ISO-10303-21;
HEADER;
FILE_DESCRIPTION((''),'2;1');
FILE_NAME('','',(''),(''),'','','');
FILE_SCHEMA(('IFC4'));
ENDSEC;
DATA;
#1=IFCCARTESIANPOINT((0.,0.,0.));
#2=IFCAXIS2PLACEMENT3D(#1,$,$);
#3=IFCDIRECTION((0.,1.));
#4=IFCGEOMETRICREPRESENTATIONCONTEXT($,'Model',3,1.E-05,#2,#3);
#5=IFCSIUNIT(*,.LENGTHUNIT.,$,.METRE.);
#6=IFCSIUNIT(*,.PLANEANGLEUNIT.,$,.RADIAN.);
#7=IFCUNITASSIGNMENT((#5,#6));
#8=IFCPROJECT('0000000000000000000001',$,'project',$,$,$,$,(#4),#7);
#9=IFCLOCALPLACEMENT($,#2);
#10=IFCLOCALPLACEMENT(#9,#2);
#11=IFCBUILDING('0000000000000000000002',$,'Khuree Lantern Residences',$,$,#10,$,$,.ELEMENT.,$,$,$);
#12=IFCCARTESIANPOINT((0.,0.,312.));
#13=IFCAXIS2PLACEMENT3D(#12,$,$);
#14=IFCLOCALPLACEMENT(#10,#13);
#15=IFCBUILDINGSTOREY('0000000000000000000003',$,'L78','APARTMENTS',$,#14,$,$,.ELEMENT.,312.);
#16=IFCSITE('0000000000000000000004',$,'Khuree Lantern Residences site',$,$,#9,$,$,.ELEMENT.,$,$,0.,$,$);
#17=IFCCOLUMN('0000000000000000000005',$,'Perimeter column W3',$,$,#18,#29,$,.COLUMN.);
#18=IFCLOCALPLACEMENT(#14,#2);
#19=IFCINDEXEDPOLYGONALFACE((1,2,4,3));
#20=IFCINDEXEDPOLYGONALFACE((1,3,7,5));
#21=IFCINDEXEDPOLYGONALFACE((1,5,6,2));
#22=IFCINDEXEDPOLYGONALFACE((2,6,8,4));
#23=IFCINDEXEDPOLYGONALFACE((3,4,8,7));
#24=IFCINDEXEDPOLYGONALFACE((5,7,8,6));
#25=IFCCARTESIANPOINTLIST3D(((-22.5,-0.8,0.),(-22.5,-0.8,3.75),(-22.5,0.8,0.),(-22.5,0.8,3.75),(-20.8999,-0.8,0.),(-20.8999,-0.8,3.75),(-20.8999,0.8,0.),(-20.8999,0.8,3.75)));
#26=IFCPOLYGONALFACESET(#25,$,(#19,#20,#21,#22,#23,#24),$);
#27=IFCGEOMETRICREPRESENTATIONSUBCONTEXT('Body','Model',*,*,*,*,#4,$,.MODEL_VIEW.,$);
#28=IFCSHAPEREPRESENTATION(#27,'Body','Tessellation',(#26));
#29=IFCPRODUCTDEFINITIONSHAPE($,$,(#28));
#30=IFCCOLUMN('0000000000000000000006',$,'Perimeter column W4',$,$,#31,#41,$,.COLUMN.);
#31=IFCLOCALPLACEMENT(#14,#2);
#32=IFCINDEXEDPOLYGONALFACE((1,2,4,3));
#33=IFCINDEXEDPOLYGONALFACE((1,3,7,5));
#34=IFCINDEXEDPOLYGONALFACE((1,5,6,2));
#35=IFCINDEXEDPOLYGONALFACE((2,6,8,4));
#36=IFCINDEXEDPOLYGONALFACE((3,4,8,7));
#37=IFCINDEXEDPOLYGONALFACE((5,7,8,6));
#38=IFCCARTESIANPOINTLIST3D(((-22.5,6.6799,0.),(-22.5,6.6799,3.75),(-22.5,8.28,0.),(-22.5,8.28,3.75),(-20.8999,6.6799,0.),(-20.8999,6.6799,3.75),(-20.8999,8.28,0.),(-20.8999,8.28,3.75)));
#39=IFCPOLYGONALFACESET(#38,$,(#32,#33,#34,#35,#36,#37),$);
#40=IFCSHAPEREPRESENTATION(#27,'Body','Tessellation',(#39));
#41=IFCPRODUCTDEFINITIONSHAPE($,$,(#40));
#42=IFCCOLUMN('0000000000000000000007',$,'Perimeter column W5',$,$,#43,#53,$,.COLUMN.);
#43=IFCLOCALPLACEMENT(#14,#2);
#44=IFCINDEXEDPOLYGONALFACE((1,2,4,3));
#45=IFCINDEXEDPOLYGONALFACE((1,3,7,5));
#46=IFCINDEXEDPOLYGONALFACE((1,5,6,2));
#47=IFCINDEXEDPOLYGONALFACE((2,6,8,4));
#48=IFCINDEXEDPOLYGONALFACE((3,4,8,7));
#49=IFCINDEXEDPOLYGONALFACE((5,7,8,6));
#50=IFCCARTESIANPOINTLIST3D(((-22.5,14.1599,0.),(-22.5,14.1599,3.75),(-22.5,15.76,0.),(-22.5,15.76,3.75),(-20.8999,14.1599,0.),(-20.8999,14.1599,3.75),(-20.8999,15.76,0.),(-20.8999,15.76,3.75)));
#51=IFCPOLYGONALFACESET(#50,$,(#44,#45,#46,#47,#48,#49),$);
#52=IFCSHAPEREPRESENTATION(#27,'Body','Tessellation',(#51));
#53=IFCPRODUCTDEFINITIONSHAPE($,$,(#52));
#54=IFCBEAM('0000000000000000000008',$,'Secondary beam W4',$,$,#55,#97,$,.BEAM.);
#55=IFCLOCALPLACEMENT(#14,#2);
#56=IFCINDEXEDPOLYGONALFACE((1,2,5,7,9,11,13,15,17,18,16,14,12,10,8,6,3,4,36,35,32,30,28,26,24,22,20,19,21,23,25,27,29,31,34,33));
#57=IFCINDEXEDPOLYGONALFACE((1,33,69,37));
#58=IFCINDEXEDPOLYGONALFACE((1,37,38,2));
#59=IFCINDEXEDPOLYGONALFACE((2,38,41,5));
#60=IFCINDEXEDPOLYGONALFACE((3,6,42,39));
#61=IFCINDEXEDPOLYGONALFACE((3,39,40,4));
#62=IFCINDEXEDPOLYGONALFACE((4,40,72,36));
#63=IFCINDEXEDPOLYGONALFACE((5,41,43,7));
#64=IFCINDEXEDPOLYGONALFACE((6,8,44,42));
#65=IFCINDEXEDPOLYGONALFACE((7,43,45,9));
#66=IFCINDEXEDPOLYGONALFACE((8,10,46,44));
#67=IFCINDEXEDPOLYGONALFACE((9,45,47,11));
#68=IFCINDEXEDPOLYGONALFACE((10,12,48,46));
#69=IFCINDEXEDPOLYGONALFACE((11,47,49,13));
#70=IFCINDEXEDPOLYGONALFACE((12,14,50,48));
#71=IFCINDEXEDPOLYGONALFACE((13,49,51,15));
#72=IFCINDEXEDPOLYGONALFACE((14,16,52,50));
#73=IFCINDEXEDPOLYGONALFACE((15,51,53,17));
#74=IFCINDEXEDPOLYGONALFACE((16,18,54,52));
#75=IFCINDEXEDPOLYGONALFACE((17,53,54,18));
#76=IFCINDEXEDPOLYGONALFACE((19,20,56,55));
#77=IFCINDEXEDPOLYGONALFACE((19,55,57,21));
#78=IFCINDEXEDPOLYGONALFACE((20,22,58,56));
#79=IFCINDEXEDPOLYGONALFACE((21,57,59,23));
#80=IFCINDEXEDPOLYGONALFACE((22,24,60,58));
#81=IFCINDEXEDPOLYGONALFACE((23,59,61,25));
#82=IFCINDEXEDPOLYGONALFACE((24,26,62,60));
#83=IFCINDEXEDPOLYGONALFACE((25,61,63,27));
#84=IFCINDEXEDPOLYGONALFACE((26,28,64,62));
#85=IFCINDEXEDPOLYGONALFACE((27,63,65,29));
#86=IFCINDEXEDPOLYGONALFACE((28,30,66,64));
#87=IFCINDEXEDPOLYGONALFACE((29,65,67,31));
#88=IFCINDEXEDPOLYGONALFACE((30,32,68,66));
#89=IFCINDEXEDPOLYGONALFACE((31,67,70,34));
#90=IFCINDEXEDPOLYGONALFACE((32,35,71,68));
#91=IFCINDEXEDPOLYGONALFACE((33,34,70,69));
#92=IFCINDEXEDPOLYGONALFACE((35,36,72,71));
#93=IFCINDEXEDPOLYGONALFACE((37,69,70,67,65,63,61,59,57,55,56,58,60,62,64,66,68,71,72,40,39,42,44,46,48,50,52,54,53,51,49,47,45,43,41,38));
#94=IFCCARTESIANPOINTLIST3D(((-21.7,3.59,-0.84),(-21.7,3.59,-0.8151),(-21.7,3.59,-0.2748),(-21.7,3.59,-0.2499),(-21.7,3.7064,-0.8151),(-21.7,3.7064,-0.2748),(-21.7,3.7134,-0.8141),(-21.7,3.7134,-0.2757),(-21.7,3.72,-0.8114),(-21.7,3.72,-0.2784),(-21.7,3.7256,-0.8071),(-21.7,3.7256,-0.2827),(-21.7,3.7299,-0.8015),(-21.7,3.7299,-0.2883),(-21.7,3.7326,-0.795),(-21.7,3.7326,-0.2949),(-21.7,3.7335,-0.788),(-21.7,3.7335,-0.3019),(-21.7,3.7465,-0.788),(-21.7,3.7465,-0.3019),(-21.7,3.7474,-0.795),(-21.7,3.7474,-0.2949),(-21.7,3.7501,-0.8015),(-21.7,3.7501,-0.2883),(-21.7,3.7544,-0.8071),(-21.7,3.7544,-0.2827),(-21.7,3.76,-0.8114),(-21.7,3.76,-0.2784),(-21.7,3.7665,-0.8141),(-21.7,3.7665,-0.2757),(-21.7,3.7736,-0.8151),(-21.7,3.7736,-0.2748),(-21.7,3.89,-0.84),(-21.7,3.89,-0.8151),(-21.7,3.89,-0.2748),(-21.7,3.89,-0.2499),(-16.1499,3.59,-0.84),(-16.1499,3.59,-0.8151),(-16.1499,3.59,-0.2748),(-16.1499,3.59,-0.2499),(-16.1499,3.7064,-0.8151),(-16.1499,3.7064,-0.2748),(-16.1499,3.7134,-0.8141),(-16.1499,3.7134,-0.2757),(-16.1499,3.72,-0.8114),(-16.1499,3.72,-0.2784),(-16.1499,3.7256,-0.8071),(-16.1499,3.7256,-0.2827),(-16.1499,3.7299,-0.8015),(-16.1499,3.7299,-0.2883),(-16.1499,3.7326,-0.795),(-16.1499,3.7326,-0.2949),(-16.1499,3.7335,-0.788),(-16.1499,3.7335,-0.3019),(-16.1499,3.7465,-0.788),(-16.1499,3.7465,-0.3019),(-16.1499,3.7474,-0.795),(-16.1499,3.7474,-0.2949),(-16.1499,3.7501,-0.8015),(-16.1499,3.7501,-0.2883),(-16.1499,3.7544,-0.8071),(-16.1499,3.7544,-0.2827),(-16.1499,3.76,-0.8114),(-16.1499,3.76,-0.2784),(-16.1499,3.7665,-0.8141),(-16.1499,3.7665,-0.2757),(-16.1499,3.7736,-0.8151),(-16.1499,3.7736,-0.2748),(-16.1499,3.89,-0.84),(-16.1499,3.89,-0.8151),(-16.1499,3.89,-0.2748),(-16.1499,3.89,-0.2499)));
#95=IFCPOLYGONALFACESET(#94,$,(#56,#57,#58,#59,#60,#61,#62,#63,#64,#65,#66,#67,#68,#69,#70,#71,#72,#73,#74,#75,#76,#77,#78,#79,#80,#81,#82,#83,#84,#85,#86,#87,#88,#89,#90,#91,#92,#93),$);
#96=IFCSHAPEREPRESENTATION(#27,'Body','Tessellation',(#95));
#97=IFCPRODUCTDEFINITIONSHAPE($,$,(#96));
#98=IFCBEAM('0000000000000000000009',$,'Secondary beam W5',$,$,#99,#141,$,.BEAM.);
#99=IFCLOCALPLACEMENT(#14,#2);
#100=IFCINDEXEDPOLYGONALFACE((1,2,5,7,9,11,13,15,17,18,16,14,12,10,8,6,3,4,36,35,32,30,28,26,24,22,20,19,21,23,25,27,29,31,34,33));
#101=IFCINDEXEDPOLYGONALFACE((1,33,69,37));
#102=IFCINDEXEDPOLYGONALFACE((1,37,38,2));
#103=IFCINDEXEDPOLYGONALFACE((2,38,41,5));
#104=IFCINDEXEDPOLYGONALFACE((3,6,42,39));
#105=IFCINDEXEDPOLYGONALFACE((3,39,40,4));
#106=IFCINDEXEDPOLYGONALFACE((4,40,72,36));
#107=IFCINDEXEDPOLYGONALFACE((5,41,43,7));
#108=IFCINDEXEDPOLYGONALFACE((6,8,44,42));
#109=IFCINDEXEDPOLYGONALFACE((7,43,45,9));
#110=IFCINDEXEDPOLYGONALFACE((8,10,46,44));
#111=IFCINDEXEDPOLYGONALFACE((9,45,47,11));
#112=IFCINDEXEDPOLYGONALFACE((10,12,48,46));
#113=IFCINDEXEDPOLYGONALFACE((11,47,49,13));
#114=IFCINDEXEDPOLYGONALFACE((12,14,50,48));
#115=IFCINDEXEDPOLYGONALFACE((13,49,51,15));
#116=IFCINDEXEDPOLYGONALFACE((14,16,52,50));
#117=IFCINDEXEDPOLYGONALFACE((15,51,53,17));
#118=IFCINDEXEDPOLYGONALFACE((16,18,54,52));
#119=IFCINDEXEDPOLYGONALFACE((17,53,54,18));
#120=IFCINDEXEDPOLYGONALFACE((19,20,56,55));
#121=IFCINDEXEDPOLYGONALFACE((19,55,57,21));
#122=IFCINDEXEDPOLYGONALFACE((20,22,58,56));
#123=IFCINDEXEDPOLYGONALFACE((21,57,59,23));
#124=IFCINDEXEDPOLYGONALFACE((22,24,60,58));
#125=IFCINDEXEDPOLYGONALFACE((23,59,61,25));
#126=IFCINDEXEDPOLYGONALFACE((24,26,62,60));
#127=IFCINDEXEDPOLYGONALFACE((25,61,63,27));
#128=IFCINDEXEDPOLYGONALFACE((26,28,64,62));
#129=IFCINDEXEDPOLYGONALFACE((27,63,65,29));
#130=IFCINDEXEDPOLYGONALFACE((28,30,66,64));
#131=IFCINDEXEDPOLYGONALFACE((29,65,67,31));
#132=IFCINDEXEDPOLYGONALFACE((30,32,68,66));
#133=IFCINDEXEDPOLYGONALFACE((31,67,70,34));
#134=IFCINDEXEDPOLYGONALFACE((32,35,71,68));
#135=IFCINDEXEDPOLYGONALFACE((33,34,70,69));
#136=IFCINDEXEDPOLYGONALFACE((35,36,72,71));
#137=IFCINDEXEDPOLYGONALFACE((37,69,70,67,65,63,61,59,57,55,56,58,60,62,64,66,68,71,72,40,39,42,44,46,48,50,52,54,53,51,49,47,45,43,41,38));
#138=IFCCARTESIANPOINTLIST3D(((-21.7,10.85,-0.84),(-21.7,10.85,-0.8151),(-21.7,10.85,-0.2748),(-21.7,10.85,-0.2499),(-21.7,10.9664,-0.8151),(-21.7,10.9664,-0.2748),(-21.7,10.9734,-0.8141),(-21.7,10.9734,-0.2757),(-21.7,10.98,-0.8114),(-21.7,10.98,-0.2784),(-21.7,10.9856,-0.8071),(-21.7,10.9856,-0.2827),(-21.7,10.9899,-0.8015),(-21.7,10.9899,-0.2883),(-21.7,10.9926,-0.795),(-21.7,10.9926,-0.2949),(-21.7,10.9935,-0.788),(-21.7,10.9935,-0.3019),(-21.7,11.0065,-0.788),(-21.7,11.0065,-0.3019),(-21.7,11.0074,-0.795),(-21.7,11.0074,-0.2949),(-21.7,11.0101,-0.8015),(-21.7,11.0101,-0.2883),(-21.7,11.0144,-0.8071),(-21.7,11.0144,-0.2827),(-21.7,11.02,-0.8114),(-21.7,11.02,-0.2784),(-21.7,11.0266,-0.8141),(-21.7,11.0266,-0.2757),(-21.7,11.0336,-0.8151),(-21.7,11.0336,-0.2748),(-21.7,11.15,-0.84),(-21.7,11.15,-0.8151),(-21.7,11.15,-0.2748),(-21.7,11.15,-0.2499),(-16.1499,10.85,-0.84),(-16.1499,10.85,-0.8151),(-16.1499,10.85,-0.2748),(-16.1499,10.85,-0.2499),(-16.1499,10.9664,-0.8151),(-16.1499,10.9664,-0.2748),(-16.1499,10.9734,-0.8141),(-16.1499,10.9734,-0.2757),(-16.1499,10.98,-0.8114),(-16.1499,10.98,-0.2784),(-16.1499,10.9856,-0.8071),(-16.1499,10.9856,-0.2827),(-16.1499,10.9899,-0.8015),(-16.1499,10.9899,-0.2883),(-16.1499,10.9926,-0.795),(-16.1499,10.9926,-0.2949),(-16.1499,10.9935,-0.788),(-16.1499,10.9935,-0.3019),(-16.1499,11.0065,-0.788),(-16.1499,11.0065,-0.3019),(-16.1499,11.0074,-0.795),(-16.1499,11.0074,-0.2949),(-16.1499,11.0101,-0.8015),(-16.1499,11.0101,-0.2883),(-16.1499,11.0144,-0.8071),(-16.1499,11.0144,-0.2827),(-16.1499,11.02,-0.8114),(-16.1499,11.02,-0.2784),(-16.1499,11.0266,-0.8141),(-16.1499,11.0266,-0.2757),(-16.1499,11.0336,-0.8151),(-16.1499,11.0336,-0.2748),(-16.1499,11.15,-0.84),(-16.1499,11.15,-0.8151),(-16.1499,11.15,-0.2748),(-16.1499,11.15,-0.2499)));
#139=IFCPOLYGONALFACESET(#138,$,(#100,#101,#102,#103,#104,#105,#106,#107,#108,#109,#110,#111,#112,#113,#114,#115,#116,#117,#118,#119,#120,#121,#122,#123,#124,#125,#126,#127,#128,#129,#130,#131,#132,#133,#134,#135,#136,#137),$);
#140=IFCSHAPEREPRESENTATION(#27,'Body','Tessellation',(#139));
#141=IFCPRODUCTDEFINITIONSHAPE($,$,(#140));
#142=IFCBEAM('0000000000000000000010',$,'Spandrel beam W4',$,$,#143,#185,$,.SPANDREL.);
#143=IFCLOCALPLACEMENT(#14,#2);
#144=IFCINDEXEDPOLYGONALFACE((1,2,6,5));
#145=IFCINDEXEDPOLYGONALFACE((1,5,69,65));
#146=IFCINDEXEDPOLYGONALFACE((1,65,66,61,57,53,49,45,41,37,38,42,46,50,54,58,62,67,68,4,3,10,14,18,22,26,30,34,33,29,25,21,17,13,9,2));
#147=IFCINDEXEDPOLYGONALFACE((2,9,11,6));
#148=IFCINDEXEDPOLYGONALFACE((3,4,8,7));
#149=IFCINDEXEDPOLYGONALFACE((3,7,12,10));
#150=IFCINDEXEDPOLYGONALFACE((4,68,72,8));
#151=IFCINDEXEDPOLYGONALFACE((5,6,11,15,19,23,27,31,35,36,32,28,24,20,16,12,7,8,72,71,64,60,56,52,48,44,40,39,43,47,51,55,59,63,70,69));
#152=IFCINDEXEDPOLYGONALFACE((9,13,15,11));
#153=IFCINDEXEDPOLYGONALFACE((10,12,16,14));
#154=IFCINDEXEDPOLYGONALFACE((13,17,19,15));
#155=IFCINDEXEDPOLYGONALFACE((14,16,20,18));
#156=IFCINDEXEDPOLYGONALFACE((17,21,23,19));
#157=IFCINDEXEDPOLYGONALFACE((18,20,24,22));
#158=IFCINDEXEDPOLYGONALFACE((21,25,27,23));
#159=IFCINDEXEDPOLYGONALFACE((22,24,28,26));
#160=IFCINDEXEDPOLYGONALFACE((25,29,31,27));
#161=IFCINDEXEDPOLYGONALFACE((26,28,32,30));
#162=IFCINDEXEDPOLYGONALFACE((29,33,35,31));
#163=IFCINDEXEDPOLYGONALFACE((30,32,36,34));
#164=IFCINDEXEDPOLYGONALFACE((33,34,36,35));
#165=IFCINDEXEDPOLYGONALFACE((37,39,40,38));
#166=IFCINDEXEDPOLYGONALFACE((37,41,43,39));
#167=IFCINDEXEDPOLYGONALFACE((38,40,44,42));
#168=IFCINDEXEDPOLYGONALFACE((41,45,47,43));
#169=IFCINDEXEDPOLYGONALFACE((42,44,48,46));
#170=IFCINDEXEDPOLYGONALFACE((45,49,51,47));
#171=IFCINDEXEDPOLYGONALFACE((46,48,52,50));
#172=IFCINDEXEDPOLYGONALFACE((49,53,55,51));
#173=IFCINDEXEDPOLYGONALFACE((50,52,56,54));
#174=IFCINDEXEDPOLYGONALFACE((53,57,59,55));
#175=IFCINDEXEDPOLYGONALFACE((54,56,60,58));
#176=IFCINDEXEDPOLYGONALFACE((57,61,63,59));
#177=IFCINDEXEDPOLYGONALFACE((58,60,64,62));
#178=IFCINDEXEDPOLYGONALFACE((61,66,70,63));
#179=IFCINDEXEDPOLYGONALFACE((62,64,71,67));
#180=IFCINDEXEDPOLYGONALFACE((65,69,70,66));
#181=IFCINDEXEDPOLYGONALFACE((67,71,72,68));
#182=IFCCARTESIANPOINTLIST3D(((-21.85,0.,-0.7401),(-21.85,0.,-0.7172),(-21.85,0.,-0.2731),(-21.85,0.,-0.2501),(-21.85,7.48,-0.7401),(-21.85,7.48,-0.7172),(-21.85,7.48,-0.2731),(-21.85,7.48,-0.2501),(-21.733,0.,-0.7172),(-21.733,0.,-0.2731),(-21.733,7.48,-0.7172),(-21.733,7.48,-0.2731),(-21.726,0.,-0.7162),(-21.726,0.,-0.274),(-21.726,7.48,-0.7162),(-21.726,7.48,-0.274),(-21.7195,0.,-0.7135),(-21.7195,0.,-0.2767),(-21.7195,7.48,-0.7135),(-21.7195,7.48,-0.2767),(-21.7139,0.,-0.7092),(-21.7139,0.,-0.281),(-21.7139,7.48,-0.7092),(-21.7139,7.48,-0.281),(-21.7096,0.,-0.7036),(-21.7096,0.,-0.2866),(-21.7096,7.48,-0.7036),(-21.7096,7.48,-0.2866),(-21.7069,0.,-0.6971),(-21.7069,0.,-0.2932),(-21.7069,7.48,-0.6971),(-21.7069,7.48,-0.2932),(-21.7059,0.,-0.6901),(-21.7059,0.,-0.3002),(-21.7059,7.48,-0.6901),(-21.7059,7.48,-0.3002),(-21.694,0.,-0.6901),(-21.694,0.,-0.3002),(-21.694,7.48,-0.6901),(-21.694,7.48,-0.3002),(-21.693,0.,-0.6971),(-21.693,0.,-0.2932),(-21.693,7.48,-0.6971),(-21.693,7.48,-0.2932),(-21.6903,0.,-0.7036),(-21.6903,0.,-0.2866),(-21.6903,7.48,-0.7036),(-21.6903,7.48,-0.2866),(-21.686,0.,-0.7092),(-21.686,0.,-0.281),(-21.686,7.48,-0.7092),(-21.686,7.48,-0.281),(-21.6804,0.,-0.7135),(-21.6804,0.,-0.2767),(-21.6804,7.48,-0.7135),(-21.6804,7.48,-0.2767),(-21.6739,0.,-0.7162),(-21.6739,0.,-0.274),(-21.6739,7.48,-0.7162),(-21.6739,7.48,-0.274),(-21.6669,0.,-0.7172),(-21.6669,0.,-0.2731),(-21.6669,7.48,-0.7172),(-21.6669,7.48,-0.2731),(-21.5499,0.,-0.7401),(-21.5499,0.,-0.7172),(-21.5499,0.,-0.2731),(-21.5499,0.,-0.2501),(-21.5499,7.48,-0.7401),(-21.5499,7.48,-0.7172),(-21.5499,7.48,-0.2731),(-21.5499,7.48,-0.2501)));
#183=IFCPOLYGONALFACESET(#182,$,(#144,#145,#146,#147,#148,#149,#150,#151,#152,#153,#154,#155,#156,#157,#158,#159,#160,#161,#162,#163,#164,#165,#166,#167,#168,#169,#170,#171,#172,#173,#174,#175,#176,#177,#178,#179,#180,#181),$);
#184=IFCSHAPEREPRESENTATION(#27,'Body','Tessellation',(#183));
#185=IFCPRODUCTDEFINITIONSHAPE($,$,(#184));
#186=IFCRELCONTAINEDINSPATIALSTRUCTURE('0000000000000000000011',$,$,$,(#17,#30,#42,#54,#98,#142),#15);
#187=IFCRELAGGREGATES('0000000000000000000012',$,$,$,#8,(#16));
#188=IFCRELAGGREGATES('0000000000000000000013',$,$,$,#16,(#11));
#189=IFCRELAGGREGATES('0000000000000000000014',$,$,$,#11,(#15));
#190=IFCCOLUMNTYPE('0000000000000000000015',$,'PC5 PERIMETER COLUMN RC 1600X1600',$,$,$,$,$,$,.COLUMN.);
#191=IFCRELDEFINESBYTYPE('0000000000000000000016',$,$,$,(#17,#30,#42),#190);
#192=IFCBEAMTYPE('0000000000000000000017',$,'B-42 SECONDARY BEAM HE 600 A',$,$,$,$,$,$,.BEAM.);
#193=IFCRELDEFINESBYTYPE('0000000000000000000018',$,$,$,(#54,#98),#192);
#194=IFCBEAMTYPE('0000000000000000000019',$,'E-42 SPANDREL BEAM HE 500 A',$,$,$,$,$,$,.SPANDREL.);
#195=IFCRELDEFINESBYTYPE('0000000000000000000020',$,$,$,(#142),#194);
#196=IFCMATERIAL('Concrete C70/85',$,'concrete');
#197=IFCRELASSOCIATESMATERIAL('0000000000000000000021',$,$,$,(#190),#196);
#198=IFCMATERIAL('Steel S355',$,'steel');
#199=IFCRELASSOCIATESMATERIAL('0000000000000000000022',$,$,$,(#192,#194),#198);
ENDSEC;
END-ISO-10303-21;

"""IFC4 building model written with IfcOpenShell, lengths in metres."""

from ifc_helpers import new_model, si_unit, direction, frame, origin, origin_2d, place, context, subcontext, project, spatial, rectangle, i_section, extrude, material, material_profile, profile_set, type_object, element, save


model = new_model("IFC4")

# Units and contexts
model_context = context("Model", 3, precision=1e-05, world=origin(), true_north=direction((0.0, 1.0)))
body_context = subcontext(model_context, "Body", "Model", "MODEL_VIEW")
ifc_project = project(units=[si_unit("LENGTHUNIT", "METRE"), si_unit("PLANEANGLEUNIT", "RADIAN")], contexts=[model_context])

# Site, building, storey
site_placement = place(None, origin())
site = spatial("IfcSite", under=ifc_project, at=site_placement, Name="Khuree Lantern Residences site", CompositionType="ELEMENT", RefElevation=0.0)
building_placement = place(site_placement, origin())
building = spatial("IfcBuilding", under=site, at=building_placement, Name="Khuree Lantern Residences", CompositionType="ELEMENT")
storey_placement = place(building_placement, frame((0.0, 0.0, 312.0)))
storey = spatial("IfcBuildingStorey", under=building, at=storey_placement, Name="L78", Description="APARTMENTS", CompositionType="ELEMENT", Elevation=312.0)

# Columns
ifc_material_1 = material(Name="Concrete C70/85", Category="concrete")
ifc_material_profile_1 = material_profile(ifc_material_1, rectangle(XDim=1.6001, YDim=1.6001, at=origin_2d()), Name="RC 1600X1600")
ifc_profile_set_1 = profile_set([ifc_material_profile_1], Name="Concrete C70/85")
column_type = type_object("IfcColumnType", Name="PC5 PERIMETER COLUMN RC 1600X1600", PredefinedType="COLUMN", material=ifc_profile_set_1)
for number, where, z_axis, x_axis, name in (
    (1, (-21.7, 0.0, 0.0), (0.0, 0.0, 1.0), (0.0, 1.0, 0.0), "Perimeter column W3"),
    (2, (-21.7, 7.48, 0.0), (0.0, 0.0, 1.0), (0.0, 1.0, 0.0), "Perimeter column W4"),
    (3, (-21.7, 14.96, 0.0), (0.0, 0.0, 1.0), (0.0, 1.0, 0.0), "Perimeter column W5"),
):
    element("IfcColumn", number, at=place(storey_placement, frame(where, z_axis=z_axis, x_axis=x_axis)), inside=storey, type_object=column_type, Name=name, PredefinedType="COLUMN", context=body_context, shape_type="SweptSolid", body=[
        extrude(rectangle(XDim=1.6001, YDim=1.6001, at=origin_2d()), origin(), (0.0, 0.0, 1.0), 3.75),
    ])

# Beams
ifc_material_2 = material(Name="Steel S355", Category="steel")
ifc_material_profile_2 = material_profile(ifc_material_2, i_section(OverallWidth=0.3, OverallDepth=0.5901, WebThickness=0.0129, FlangeThickness=0.0249, FilletRadius=0.0271, at=origin_2d()), Name="HE 600 A")
ifc_profile_set_2 = profile_set([ifc_material_profile_2], Name="Steel S355")
beam_type_1 = type_object("IfcBeamType", Name="B-42 SECONDARY BEAM HE 600 A", PredefinedType="BEAM", material=ifc_profile_set_2)
for number, where, z_axis, x_axis, name in (
    (4, (-21.7, 3.74, -0.5449), (1.0, 0.0, 0.0), (0.0, 1.0, 0.0), "Secondary beam W4"),
    (5, (-21.7, 11.0, -0.5449), (1.0, 0.0, 0.0), (0.0, 1.0, 0.0), "Secondary beam W5"),
):
    element("IfcBeam", number, at=place(storey_placement, frame(where, z_axis=z_axis, x_axis=x_axis)), inside=storey, type_object=beam_type_1, Name=name, PredefinedType="BEAM", context=body_context, shape_type="SweptSolid", body=[
        extrude(i_section(OverallWidth=0.3, OverallDepth=0.5901, WebThickness=0.0129, FlangeThickness=0.0249, FilletRadius=0.0271, at=origin_2d()), origin(), (0.0, 0.0, 1.0), 5.55),
    ])
ifc_material_profile_3 = material_profile(ifc_material_2, i_section(OverallWidth=0.3, OverallDepth=0.49, WebThickness=0.012, FlangeThickness=0.0229, FilletRadius=0.0271, at=origin_2d()), Name="HE 500 A")
ifc_profile_set_3 = profile_set([ifc_material_profile_3], Name="Steel S355")
beam_type_2 = type_object("IfcBeamType", Name="E-42 SPANDREL BEAM HE 500 A", PredefinedType="SPANDREL", material=ifc_profile_set_3)
for number, where, z_axis, x_axis, name in (
    (6, (-21.7, 0.0, -0.4951), (0.0, 1.0, 0.0), (-1.0, 0.0, 0.0), "Spandrel beam W4"),
):
    element("IfcBeam", number, at=place(storey_placement, frame(where, z_axis=z_axis, x_axis=x_axis)), inside=storey, type_object=beam_type_2, Name=name, PredefinedType="SPANDREL", context=body_context, shape_type="SweptSolid", body=[
        extrude(i_section(OverallWidth=0.3, OverallDepth=0.49, WebThickness=0.012, FlangeThickness=0.0229, FilletRadius=0.0271, at=origin_2d()), origin(), (0.0, 0.0, 1.0), 7.48),
    ])

save(model, "model.ifc")
